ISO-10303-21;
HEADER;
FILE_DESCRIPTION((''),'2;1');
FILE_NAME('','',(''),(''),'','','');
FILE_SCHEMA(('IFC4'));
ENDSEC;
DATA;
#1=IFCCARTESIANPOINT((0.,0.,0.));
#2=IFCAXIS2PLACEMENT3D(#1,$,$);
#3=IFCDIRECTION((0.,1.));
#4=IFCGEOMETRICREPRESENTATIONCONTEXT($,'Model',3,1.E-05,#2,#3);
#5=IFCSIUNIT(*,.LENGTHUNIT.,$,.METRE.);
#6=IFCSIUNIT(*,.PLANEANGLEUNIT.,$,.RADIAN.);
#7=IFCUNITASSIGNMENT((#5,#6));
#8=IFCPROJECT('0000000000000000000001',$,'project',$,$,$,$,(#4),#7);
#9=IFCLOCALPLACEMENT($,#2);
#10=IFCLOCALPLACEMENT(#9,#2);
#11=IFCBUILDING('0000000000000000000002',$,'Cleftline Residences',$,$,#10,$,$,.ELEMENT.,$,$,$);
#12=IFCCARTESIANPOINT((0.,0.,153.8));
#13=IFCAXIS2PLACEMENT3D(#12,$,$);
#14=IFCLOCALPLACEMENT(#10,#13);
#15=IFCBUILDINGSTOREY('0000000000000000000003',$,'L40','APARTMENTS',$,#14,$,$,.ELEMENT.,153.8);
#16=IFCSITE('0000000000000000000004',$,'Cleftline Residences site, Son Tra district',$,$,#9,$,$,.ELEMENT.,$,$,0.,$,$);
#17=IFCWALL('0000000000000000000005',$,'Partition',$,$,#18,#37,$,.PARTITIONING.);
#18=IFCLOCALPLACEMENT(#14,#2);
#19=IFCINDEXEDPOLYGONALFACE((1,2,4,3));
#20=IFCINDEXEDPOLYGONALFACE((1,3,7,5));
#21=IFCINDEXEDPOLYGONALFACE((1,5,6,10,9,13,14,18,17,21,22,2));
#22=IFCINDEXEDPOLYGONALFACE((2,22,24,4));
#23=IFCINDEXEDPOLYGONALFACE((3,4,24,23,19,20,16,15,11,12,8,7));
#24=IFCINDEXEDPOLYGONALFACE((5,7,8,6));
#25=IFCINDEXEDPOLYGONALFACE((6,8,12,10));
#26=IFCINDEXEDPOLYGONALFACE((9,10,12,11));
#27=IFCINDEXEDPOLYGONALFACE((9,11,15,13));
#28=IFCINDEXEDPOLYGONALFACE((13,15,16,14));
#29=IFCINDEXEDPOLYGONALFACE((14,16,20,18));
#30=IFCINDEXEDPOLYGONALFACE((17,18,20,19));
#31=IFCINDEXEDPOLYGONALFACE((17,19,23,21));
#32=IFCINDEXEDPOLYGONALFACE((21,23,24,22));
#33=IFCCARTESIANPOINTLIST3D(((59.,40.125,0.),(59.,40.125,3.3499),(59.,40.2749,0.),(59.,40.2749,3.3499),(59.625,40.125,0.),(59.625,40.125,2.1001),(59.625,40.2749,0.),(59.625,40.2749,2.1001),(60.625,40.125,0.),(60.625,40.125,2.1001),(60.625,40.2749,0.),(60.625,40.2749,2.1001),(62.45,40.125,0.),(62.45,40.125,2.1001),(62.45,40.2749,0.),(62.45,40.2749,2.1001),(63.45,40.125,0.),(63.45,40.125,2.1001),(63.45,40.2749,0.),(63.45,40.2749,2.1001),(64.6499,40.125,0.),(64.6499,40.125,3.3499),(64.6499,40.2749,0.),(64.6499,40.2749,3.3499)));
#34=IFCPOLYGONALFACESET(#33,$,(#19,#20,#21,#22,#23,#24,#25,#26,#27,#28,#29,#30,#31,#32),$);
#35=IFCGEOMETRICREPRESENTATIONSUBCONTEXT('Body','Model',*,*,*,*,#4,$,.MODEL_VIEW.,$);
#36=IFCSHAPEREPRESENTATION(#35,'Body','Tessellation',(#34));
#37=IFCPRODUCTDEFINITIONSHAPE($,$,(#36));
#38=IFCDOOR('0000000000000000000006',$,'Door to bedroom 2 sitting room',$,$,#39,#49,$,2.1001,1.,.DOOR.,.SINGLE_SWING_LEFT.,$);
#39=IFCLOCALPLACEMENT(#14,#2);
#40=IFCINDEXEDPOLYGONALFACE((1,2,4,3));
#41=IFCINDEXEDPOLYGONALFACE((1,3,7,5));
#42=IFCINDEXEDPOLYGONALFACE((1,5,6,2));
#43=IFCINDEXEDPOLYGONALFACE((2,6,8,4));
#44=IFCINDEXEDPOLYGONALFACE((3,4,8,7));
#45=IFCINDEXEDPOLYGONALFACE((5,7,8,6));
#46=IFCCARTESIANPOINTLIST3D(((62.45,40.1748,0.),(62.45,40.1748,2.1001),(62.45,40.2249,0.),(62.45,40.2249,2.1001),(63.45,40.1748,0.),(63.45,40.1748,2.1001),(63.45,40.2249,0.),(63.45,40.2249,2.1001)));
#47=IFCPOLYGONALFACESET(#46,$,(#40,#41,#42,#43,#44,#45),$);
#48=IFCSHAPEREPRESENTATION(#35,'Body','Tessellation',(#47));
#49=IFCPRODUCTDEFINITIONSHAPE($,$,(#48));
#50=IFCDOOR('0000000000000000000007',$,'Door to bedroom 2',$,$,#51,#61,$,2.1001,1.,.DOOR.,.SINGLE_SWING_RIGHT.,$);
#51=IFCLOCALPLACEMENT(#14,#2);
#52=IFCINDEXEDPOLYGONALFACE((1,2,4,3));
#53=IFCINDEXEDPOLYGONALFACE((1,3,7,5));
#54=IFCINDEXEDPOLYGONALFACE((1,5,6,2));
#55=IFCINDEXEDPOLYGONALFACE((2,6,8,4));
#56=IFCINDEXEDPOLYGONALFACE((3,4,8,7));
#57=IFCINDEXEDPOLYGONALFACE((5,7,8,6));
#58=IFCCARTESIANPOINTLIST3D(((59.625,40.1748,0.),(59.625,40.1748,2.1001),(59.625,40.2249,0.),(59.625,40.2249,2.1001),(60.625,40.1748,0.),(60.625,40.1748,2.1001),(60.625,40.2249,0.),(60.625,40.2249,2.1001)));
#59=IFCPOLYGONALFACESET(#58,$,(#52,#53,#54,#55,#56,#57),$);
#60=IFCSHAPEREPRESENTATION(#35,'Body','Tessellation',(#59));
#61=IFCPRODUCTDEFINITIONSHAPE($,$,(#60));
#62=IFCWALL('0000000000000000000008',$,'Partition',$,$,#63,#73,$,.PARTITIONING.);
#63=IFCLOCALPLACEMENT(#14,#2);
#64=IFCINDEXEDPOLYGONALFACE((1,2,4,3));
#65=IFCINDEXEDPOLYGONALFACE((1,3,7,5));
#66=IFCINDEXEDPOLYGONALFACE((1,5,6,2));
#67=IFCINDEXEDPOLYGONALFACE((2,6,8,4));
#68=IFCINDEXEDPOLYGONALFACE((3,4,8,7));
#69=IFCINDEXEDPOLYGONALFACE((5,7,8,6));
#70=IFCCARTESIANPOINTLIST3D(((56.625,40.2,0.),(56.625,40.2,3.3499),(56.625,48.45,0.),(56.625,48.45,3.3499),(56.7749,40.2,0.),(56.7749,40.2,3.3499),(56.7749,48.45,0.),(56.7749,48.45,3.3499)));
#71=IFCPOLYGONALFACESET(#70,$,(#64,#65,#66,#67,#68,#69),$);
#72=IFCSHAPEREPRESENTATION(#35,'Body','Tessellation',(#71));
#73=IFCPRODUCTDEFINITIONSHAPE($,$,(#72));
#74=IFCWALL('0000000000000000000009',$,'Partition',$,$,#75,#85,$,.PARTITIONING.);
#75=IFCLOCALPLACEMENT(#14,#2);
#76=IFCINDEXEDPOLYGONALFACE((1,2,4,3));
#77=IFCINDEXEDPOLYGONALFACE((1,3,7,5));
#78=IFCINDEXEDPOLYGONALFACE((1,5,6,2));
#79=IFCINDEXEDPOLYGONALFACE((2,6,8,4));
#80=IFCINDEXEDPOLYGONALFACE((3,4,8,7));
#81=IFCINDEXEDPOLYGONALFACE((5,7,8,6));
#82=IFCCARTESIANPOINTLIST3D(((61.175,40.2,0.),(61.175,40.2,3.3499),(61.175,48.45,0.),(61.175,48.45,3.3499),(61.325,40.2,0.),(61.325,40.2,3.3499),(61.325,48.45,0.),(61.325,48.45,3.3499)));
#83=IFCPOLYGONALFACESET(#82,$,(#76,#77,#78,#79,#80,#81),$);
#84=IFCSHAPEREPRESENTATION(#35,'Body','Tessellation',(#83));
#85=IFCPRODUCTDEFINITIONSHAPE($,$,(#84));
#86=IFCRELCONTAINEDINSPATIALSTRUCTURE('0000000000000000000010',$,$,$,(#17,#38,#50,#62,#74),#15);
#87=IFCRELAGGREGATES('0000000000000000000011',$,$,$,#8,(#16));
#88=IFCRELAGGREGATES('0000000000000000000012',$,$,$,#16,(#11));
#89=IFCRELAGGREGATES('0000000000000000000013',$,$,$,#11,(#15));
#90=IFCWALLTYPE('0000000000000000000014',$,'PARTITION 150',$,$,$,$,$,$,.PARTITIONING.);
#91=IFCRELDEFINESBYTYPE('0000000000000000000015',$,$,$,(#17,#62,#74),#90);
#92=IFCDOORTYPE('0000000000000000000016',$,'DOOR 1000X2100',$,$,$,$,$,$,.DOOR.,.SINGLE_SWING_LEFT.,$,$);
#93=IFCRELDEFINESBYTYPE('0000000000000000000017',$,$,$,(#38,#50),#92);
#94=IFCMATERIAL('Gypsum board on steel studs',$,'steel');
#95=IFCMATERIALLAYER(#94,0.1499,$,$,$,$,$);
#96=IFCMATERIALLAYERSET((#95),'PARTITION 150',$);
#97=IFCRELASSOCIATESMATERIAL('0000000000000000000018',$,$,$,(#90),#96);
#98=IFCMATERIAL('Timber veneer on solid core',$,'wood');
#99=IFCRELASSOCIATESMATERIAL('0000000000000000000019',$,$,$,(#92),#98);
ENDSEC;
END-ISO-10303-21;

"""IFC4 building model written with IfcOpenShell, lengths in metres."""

from ifc_helpers import new_model, si_unit, direction, frame, frame_2d, origin, place, context, subcontext, project, spatial, rectangle, extrude, material, layer, layer_set, type_object, element, fill, save


model = new_model("IFC4")

# Units and contexts
model_context = context("Model", 3, precision=1e-05, world=origin(), true_north=direction((0.0, 1.0)))
body_context = subcontext(model_context, "Body", "Model", "MODEL_VIEW")
ifc_project = project(units=[si_unit("LENGTHUNIT", "METRE"), si_unit("PLANEANGLEUNIT", "RADIAN")], contexts=[model_context])

# Site, building, storey
site_placement = place(None, origin())
site = spatial("IfcSite", under=ifc_project, at=site_placement, Name="Cleftline Residences site, Son Tra district", CompositionType="ELEMENT", RefElevation=0.0)
building_placement = place(site_placement, origin())
building = spatial("IfcBuilding", under=site, at=building_placement, Name="Cleftline Residences", CompositionType="ELEMENT")
storey_placement = place(building_placement, frame((0.0, 0.0, 153.8)))
storey = spatial("IfcBuildingStorey", under=building, at=storey_placement, Name="L40", Description="APARTMENTS", CompositionType="ELEMENT", Elevation=153.8)

# Wall, openings, doors
ifc_material_1 = material(Name="Gypsum board on steel studs", Category="steel")
ifc_layer_1 = layer(ifc_material_1, 0.1499)
ifc_layer_set_1 = layer_set([ifc_layer_1], Name="PARTITION 150")
wall_type_1 = type_object("IfcWallType", Name="PARTITION 150", PredefinedType="PARTITIONING", material=ifc_layer_set_1)
wall_1_placement = place(storey_placement, frame((59.0, 40.2, 0.0), z_axis=(0.0, 0.0, 1.0), x_axis=(1.0, 0.0, 0.0)))
wall_1 = element("IfcWall", 1, at=wall_1_placement, inside=storey, type_object=wall_type_1, Name="Partition", PredefinedType="PARTITIONING", context=body_context, shape_type="SweptSolid", body=[
    extrude(rectangle(XDim=5.6499, YDim=0.1499, at=frame_2d((2.825, 0.0))), origin(), (0.0, 0.0, 1.0), 3.3499),
])
opening_1_placement = place(wall_1_placement, frame((3.45, 0.0, 0.0)))
opening_1 = element("IfcOpeningElement", 2, at=opening_1_placement, cuts=wall_1, PredefinedType="OPENING", context=body_context, shape_type="SweptSolid", body=[
    extrude(rectangle(XDim=1.0, YDim=2.1001, at=frame_2d((0.5, 1.05))), frame((0.0, 0.085, 0.0), z_axis=(0.0, -1.0, 0.0), x_axis=(1.0, 0.0, 0.0)), (0.0, 0.0, 1.0), 0.1699),
])
opening_2_placement = place(wall_1_placement, frame((0.625, 0.0, 0.0)))
opening_2 = element("IfcOpeningElement", 3, at=opening_2_placement, cuts=wall_1, PredefinedType="OPENING", context=body_context, shape_type="SweptSolid", body=[
    extrude(rectangle(XDim=1.0, YDim=2.1001, at=frame_2d((0.5, 1.05))), frame((0.0, 0.085, 0.0), z_axis=(0.0, -1.0, 0.0), x_axis=(1.0, 0.0, 0.0)), (0.0, 0.0, 1.0), 0.1699),
])
ifc_material_2 = material(Name="Timber veneer on solid core", Category="wood")
door_type = type_object("IfcDoorType", Name="DOOR 1000X2100", OperationType="SINGLE_SWING_LEFT", PredefinedType="DOOR", material=ifc_material_2)
door_1_placement = place(opening_1_placement, origin())
door_1 = element("IfcDoor", 4, at=door_1_placement, inside=storey, type_object=door_type, Name="Door to bedroom 2 sitting room", OperationType="SINGLE_SWING_LEFT", OverallHeight=2.1001, OverallWidth=1.0, PredefinedType="DOOR", context=body_context, shape_type="SweptSolid", body=[
    extrude(rectangle(XDim=1.0, YDim=2.1001, at=frame_2d((0.5, 1.05))), frame((0.0, 0.0249, 0.0), z_axis=(0.0, -1.0, 0.0), x_axis=(1.0, 0.0, 0.0)), (0.0, 0.0, 1.0), 0.05),
])
fill(opening_1, door_1)
door_2_placement = place(opening_2_placement, origin())
door_2 = element("IfcDoor", 5, at=door_2_placement, inside=storey, type_object=door_type, Name="Door to bedroom 2", OperationType="SINGLE_SWING_RIGHT", OverallHeight=2.1001, OverallWidth=1.0, PredefinedType="DOOR", context=body_context, shape_type="SweptSolid", body=[
    extrude(rectangle(XDim=1.0, YDim=2.1001, at=frame_2d((0.5, 1.05))), frame((0.0, 0.0249, 0.0), z_axis=(0.0, -1.0, 0.0), x_axis=(1.0, 0.0, 0.0)), (0.0, 0.0, 1.0), 0.05),
])
fill(opening_2, door_2)

# Walls
for number, where, z_axis, x_axis, name in (
    (6, (56.7, 40.2, 0.0), (0.0, 0.0, 1.0), (0.0, 1.0, 0.0), "Partition"),
    (7, (61.25, 40.2, 0.0), (0.0, 0.0, 1.0), (0.0, 1.0, 0.0), "Partition"),
):
    element("IfcWall", number, at=place(storey_placement, frame(where, z_axis=z_axis, x_axis=x_axis)), inside=storey, type_object=wall_type_1, Name=name, PredefinedType="PARTITIONING", context=body_context, shape_type="SweptSolid", body=[
        extrude(rectangle(XDim=8.25, YDim=0.1499, at=frame_2d((4.125, 0.0))), origin(), (0.0, 0.0, 1.0), 3.3499),
    ])

save(model, "model.ifc")
